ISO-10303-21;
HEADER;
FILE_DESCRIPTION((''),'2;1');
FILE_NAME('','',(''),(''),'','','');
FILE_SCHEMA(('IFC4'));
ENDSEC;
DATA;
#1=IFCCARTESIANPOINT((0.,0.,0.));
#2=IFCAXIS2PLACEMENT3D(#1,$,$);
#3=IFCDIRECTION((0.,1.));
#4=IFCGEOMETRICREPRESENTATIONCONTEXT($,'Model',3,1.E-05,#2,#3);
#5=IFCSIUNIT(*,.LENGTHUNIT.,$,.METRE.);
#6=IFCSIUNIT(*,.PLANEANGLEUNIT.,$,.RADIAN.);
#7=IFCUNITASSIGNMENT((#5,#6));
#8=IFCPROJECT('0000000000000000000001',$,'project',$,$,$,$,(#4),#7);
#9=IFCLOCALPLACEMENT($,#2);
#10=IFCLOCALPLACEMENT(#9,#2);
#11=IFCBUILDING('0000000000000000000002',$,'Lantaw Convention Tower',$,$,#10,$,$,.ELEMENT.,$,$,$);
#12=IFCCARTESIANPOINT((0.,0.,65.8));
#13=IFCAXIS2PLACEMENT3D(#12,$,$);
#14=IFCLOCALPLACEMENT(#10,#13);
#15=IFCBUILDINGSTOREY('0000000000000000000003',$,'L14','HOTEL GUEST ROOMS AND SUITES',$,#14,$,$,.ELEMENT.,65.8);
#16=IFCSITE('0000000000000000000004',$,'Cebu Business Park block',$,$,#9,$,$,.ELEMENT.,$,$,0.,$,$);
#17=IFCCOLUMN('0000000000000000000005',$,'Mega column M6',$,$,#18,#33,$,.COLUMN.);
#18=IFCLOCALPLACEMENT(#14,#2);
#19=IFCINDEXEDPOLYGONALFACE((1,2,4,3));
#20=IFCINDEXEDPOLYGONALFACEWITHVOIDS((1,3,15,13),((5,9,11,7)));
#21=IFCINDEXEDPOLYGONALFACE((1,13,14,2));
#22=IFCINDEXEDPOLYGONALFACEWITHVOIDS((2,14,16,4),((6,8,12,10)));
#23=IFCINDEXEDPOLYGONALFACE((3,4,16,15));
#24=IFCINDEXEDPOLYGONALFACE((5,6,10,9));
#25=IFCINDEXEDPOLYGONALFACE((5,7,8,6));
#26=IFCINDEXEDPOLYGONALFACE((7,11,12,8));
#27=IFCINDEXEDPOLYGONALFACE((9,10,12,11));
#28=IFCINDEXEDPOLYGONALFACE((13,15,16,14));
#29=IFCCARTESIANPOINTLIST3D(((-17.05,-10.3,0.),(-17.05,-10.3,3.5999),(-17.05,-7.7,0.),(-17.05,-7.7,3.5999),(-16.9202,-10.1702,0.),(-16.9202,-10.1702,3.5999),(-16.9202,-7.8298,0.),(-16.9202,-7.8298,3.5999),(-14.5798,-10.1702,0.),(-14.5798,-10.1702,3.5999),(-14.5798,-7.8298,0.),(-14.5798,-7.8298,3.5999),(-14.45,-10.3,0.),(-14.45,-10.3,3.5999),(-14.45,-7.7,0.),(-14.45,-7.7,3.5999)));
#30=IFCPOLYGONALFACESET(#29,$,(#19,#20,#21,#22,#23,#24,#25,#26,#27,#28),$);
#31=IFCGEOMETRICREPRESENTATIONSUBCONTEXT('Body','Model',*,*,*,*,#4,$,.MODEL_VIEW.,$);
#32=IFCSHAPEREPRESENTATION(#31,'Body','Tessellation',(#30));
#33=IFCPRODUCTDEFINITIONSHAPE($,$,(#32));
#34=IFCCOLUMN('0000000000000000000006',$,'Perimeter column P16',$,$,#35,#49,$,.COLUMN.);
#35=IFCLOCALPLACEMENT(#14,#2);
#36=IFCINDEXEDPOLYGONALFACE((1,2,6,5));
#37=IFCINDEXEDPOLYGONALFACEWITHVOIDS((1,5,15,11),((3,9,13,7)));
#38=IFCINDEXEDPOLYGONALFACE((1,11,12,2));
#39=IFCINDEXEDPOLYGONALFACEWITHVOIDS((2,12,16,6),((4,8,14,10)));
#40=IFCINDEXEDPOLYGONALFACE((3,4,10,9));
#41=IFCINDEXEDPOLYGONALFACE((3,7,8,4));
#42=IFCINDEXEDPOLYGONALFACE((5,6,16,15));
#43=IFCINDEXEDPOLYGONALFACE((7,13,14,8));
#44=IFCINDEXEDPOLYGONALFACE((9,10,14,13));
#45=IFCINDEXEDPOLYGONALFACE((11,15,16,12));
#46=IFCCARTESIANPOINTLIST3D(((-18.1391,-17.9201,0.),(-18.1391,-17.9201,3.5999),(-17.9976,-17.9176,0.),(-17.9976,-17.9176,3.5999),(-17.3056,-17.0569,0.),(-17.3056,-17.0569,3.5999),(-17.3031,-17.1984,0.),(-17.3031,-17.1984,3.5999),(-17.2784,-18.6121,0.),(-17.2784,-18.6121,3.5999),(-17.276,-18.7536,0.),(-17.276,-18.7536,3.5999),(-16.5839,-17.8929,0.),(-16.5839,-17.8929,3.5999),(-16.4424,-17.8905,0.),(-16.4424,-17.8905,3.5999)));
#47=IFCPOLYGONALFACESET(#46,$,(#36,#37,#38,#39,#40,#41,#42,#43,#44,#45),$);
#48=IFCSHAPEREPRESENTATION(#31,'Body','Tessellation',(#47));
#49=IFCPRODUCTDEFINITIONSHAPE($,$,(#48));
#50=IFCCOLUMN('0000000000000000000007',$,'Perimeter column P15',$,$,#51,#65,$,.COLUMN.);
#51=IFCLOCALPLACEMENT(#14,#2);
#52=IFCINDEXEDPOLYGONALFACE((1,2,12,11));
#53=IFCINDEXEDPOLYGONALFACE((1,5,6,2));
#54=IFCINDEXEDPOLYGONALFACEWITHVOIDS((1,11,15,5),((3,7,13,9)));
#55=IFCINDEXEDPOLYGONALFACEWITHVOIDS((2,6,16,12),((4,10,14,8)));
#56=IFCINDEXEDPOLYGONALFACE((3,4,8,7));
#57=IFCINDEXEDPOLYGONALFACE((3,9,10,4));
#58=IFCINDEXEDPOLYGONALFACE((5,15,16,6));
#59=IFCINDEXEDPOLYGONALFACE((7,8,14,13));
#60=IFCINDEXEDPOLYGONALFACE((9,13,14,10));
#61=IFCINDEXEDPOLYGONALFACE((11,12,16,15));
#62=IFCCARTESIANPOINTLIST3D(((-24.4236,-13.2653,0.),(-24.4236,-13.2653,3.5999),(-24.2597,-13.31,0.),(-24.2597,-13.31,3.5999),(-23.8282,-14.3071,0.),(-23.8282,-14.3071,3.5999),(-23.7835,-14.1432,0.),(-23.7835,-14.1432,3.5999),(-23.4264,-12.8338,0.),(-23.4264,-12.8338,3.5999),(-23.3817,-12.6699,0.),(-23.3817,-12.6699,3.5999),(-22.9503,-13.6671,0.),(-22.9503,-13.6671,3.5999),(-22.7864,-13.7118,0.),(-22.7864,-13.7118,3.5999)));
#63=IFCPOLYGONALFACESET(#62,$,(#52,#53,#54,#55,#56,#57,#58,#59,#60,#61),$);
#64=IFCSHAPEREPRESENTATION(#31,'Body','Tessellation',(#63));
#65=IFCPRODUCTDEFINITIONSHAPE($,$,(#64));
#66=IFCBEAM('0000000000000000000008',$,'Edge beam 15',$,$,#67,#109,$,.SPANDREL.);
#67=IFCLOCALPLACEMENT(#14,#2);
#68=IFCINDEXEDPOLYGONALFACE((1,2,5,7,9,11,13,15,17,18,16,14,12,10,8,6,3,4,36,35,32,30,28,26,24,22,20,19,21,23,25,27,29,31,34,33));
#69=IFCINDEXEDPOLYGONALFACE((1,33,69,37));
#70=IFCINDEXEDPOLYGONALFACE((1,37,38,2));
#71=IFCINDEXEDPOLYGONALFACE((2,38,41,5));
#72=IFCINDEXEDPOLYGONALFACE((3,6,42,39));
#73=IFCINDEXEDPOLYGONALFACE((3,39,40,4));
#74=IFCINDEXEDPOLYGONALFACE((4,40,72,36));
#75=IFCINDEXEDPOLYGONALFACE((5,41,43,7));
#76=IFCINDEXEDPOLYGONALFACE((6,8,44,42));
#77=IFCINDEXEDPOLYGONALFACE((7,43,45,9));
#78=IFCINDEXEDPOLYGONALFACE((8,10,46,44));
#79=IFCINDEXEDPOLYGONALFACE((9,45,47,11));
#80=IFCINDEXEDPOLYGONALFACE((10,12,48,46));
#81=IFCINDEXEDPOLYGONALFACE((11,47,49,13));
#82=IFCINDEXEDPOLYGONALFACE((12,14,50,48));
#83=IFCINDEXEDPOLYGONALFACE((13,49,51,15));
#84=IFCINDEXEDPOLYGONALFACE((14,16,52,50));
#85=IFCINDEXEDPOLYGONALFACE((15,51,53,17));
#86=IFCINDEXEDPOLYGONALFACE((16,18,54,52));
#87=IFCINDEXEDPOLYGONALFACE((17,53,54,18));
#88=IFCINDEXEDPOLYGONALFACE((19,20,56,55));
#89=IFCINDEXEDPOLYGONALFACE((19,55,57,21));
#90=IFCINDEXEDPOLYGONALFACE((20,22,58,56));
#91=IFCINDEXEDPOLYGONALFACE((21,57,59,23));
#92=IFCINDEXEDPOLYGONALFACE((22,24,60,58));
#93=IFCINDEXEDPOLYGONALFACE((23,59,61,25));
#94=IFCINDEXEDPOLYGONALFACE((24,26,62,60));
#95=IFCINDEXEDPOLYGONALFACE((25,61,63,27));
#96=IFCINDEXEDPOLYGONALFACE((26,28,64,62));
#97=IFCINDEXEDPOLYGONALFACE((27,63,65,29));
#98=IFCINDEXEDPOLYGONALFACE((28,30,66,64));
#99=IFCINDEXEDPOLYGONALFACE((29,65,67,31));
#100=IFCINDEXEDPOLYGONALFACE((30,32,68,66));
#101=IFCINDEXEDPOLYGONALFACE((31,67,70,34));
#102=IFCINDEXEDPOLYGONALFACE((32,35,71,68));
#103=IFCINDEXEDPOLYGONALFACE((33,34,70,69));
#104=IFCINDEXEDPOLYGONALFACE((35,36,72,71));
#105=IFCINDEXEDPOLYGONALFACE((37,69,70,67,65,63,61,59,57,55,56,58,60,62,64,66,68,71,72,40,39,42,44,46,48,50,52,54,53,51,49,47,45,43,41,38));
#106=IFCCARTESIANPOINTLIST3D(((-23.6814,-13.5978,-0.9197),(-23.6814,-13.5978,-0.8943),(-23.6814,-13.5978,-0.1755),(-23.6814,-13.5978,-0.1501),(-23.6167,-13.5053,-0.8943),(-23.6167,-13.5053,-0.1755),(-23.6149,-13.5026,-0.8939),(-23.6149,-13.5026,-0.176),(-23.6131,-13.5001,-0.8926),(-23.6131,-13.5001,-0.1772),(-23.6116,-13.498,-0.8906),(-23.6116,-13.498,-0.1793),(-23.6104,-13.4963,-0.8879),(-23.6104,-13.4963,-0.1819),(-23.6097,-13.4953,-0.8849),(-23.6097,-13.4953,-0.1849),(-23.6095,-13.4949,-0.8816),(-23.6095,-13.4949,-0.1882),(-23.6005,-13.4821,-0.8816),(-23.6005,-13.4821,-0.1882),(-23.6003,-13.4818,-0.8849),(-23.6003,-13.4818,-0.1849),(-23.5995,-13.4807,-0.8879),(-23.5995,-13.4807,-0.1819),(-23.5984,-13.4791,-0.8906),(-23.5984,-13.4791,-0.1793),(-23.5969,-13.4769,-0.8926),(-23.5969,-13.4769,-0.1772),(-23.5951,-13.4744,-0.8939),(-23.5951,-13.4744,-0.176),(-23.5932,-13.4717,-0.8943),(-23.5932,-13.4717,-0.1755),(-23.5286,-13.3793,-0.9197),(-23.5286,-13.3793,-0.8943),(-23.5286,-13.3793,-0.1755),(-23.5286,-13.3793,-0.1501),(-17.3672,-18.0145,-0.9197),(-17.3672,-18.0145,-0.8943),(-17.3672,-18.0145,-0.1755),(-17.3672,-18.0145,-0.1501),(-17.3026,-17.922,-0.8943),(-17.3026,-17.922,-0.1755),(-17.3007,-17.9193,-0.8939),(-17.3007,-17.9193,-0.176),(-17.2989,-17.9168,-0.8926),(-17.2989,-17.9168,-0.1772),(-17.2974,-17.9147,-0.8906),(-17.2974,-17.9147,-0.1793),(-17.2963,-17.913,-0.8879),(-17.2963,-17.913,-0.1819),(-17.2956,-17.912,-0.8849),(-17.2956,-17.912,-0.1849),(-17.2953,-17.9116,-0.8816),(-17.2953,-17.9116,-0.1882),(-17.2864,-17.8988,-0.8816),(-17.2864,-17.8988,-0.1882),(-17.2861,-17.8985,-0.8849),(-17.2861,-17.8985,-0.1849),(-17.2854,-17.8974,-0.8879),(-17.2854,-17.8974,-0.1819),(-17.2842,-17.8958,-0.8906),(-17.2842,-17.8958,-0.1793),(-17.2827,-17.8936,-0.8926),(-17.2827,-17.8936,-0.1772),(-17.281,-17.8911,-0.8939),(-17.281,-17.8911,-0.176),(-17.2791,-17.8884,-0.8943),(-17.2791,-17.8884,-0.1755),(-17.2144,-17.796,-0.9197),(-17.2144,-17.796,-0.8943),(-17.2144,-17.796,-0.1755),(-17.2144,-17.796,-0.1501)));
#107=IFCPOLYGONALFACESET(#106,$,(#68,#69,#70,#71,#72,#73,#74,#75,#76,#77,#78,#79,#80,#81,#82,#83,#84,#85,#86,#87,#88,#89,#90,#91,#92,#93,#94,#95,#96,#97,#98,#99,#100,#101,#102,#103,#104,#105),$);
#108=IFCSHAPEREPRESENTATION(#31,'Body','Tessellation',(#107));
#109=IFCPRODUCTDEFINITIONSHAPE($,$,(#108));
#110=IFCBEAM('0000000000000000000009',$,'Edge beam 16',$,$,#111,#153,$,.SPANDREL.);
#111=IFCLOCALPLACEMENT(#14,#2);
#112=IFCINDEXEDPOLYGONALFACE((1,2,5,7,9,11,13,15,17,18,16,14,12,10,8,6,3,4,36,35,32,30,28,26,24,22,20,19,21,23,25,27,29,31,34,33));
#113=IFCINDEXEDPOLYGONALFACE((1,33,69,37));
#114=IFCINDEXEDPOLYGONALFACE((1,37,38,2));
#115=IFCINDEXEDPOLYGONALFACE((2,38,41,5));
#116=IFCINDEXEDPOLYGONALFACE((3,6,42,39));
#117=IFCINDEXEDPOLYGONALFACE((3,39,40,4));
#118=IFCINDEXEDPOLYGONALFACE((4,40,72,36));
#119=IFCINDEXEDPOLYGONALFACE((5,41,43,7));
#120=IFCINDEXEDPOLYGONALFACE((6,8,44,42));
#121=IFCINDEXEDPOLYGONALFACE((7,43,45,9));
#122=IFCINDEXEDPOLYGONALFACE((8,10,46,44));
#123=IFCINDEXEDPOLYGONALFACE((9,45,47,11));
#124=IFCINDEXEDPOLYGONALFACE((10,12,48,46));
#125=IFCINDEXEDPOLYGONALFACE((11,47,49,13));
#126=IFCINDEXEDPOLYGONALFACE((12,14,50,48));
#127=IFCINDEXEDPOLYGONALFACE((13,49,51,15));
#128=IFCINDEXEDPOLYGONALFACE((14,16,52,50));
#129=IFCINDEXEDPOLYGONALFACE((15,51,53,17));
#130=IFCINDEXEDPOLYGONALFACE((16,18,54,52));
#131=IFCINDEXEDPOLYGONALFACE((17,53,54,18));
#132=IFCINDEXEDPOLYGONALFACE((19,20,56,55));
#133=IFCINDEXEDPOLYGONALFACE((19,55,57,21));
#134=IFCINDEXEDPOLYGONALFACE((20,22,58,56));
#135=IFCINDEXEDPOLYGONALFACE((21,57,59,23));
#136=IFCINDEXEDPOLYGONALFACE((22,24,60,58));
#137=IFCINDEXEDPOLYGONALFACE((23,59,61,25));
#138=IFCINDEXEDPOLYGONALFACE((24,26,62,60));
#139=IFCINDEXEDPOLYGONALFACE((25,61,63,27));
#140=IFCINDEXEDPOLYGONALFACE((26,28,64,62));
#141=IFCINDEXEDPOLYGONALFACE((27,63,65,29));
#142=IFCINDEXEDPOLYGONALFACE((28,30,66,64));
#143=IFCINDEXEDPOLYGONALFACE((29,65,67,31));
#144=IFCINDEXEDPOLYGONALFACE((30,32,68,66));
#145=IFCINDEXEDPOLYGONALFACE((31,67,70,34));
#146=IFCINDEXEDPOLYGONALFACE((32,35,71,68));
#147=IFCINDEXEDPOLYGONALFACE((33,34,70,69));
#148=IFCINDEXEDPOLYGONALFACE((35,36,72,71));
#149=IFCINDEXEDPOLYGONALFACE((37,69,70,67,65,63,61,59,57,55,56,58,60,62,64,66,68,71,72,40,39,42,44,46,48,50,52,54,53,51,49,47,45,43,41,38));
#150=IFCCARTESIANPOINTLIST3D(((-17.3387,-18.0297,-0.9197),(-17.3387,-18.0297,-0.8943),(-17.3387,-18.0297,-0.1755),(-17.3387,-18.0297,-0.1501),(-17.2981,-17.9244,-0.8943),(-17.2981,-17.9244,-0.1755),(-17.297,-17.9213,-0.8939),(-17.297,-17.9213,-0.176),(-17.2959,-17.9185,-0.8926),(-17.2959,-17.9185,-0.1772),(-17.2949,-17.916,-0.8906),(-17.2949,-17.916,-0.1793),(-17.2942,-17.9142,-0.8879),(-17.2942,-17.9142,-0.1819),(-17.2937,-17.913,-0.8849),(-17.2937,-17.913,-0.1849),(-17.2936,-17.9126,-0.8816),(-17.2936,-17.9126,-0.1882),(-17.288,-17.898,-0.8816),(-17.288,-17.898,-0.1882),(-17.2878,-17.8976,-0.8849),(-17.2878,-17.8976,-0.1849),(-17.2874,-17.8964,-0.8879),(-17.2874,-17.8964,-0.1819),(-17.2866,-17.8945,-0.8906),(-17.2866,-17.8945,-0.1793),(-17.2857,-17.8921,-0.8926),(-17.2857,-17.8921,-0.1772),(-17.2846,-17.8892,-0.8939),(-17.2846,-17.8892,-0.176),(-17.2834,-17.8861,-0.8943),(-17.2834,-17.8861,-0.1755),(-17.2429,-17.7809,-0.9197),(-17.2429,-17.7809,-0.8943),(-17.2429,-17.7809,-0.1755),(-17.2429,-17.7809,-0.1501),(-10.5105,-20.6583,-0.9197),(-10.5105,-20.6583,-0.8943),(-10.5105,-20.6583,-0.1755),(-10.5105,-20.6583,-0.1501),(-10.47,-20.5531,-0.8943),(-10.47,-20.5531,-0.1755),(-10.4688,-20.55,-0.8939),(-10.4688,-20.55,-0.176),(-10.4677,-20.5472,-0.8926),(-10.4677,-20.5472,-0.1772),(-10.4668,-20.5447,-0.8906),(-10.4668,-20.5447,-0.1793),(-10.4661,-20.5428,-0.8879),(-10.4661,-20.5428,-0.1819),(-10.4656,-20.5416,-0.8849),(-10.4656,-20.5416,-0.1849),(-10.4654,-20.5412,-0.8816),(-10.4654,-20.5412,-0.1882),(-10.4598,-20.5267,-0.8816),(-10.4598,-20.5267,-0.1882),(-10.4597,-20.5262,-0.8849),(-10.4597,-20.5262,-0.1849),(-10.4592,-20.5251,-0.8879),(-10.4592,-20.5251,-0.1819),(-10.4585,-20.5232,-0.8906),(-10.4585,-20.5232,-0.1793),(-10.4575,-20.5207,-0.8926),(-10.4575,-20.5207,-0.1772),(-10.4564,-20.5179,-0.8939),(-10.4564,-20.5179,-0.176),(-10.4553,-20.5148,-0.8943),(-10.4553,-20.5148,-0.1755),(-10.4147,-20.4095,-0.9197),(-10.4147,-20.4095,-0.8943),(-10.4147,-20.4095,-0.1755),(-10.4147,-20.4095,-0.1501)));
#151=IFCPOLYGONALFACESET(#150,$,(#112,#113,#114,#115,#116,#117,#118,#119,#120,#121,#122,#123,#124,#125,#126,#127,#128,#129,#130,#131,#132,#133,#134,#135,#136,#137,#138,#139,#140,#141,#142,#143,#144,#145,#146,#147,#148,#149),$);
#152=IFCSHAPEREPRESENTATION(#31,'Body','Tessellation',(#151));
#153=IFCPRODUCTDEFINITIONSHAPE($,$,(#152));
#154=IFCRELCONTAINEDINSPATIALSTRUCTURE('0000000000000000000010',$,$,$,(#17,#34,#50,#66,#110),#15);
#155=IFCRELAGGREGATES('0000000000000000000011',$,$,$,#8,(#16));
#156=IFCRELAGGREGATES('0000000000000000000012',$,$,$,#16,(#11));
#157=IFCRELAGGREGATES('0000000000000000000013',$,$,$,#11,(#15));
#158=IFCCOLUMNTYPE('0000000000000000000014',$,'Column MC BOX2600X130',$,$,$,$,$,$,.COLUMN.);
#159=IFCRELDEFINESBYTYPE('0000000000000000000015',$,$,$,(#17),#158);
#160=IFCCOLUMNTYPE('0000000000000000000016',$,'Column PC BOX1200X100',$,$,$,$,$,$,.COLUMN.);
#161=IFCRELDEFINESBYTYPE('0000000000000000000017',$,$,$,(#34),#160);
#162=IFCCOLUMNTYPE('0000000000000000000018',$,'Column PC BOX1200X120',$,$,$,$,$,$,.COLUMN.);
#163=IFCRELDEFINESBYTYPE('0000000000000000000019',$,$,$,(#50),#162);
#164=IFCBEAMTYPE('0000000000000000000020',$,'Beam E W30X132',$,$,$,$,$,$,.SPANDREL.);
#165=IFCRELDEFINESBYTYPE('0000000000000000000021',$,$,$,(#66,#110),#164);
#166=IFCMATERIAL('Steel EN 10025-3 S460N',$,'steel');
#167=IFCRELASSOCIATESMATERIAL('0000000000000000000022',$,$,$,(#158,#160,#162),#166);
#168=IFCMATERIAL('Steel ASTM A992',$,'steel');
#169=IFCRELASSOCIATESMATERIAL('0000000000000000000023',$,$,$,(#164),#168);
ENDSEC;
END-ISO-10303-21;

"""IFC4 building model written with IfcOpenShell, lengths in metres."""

from ifc_helpers import new_model, si_unit, direction, frame, origin, origin_2d, place, context, subcontext, project, spatial, rectangle, hollow_rectangle, i_section, extrude, material, material_profile, profile_set, type_object, element, save


model = new_model("IFC4")

# Units and contexts
model_context = context("Model", 3, precision=1e-05, world=origin(), true_north=direction((0.0, 1.0)))
body_context = subcontext(model_context, "Body", "Model", "MODEL_VIEW")
ifc_project = project(units=[si_unit("LENGTHUNIT", "METRE"), si_unit("PLANEANGLEUNIT", "RADIAN")], contexts=[model_context])

# Site, building, storey
site_placement = place(None, origin())
site = spatial("IfcSite", under=ifc_project, at=site_placement, Name="Cebu Business Park block", CompositionType="ELEMENT", RefElevation=0.0)
building_placement = place(site_placement, origin())
building = spatial("IfcBuilding", under=site, at=building_placement, Name="Lantaw Convention Tower", CompositionType="ELEMENT")
storey_placement = place(building_placement, frame((0.0, 0.0, 65.8)))
storey = spatial("IfcBuildingStorey", under=building, at=storey_placement, Name="L14", Description="HOTEL GUEST ROOMS AND SUITES", CompositionType="ELEMENT", Elevation=65.8)

# Columns
ifc_material_1 = material(Name="Steel EN 10025-3 S460N", Category="steel")
ifc_material_profile_1 = material_profile(ifc_material_1, hollow_rectangle(XDim=2.6001, YDim=2.6001, WallThickness=0.1299, at=origin_2d()), Name="BOX2600X130")
ifc_material_2 = material(Name="Concrete C60/75", Category="concrete")
ifc_material_profile_2 = material_profile(ifc_material_2, rectangle(XDim=2.3401, YDim=2.3401, at=origin_2d()), Name="Concrete fill of BOX2600X130")
ifc_profile_set_1 = profile_set([ifc_material_profile_1, ifc_material_profile_2], Name="Steel EN 10025-3 S460N")
column_type_1 = type_object("IfcColumnType", Name="Column MC BOX2600X130", PredefinedType="COLUMN", material=ifc_profile_set_1)
column_1_placement = place(storey_placement, frame((-15.75, -9.0, 0.0), z_axis=(0.0, 0.0, 1.0), x_axis=(1.0, 0.0, 0.0)))
element("IfcColumn", 1, at=column_1_placement, inside=storey, type_object=column_type_1, Name="Mega column M6", PredefinedType="COLUMN", context=body_context, shape_type="SweptSolid", body=[
    extrude(hollow_rectangle(XDim=2.6001, YDim=2.6001, WallThickness=0.1299, at=origin_2d()), origin(), (0.0, 0.0, 1.0), 3.5999),
])
ifc_material_profile_3 = material_profile(ifc_material_1, hollow_rectangle(XDim=1.2, YDim=1.2, WallThickness=0.1001, at=origin_2d()), Name="BOX1200X100")
ifc_material_profile_4 = material_profile(ifc_material_2, rectangle(XDim=1.0, YDim=1.0, at=origin_2d()), Name="Concrete fill of BOX1200X100")
ifc_profile_set_2 = profile_set([ifc_material_profile_3, ifc_material_profile_4], Name="Steel EN 10025-3 S460N")
column_type_2 = type_object("IfcColumnType", Name="Column PC BOX1200X100", PredefinedType="COLUMN", material=ifc_profile_set_2)
column_2_placement = place(storey_placement, frame((-17.2908, -17.9053, 0.0), z_axis=(0.0, 0.0, 1.0), x_axis=(0.694658, 0.71934, 0.0)))
element("IfcColumn", 2, at=column_2_placement, inside=storey, type_object=column_type_2, Name="Perimeter column P16", PredefinedType="COLUMN", context=body_context, shape_type="SweptSolid", body=[
    extrude(hollow_rectangle(XDim=1.2, YDim=1.2, WallThickness=0.1001, at=origin_2d()), origin(), (0.0, 0.0, 1.0), 3.5999),
])
ifc_material_profile_5 = material_profile(ifc_material_1, hollow_rectangle(XDim=1.2, YDim=1.2, WallThickness=0.1201, at=origin_2d()), Name="BOX1200X120")
ifc_material_profile_6 = material_profile(ifc_material_2, rectangle(XDim=0.96, YDim=0.96, at=origin_2d()), Name="Concrete fill of BOX1200X120")
ifc_profile_set_3 = profile_set([ifc_material_profile_5, ifc_material_profile_6], Name="Steel EN 10025-3 S460N")
column_type_3 = type_object("IfcColumnType", Name="Column PC BOX1200X120", PredefinedType="COLUMN", material=ifc_profile_set_3)
column_3_placement = place(storey_placement, frame((-23.605, -13.4885, 0.0), z_axis=(0.0, 0.0, 1.0), x_axis=(0.868243, 0.496139, 0.0)))
element("IfcColumn", 3, at=column_3_placement, inside=storey, type_object=column_type_3, Name="Perimeter column P15", PredefinedType="COLUMN", context=body_context, shape_type="SweptSolid", body=[
    extrude(hollow_rectangle(XDim=1.2, YDim=1.2, WallThickness=0.1201, at=origin_2d()), origin(), (0.0, 0.0, 1.0), 3.5999),
])

# Beams
ifc_material_3 = material(Name="Steel ASTM A992", Category="steel")
ifc_material_profile_7 = material_profile(ifc_material_3, i_section(OverallWidth=0.2666, OverallDepth=0.7695, WebThickness=0.0156, FlangeThickness=0.0254, FilletRadius=0.0127, at=origin_2d()), Name="W30X132")
ifc_profile_set_4 = profile_set([ifc_material_profile_7], Name="Steel ASTM A992")
beam_type_1 = type_object("IfcBeamType", Name="Beam E W30X132", PredefinedType="SPANDREL", material=ifc_profile_set_4)
beam_1_placement = place(storey_placement, frame((-23.605, -13.4885, -0.5349), z_axis=(0.819427, -0.573184, 0.0), x_axis=(0.573184, 0.819427, 0.0)))
element("IfcBeam", 4, at=beam_1_placement, inside=storey, type_object=beam_type_1, Name="Edge beam 15", PredefinedType="SPANDREL", context=body_context, shape_type="SweptSolid", body=[
    extrude(i_section(OverallWidth=0.2666, OverallDepth=0.7695, WebThickness=0.0156, FlangeThickness=0.0254, FilletRadius=0.0127, at=origin_2d()), origin(), (0.0, 0.0, 1.0), 7.7056),
])
beam_2_placement = place(storey_placement, frame((-17.2908, -17.9053, -0.5349), z_axis=(0.933233, -0.359272, 0.0), x_axis=(0.359272, 0.933233, 0.0)))
element("IfcBeam", 5, at=beam_2_placement, inside=storey, type_object=beam_type_1, Name="Edge beam 16", PredefinedType="SPANDREL", context=body_context, shape_type="SweptSolid", body=[
    extrude(i_section(OverallWidth=0.2666, OverallDepth=0.7695, WebThickness=0.0156, FlangeThickness=0.0254, FilletRadius=0.0127, at=origin_2d()), origin(), (0.0, 0.0, 1.0), 7.3167),
])

save(model, "model.ifc")
